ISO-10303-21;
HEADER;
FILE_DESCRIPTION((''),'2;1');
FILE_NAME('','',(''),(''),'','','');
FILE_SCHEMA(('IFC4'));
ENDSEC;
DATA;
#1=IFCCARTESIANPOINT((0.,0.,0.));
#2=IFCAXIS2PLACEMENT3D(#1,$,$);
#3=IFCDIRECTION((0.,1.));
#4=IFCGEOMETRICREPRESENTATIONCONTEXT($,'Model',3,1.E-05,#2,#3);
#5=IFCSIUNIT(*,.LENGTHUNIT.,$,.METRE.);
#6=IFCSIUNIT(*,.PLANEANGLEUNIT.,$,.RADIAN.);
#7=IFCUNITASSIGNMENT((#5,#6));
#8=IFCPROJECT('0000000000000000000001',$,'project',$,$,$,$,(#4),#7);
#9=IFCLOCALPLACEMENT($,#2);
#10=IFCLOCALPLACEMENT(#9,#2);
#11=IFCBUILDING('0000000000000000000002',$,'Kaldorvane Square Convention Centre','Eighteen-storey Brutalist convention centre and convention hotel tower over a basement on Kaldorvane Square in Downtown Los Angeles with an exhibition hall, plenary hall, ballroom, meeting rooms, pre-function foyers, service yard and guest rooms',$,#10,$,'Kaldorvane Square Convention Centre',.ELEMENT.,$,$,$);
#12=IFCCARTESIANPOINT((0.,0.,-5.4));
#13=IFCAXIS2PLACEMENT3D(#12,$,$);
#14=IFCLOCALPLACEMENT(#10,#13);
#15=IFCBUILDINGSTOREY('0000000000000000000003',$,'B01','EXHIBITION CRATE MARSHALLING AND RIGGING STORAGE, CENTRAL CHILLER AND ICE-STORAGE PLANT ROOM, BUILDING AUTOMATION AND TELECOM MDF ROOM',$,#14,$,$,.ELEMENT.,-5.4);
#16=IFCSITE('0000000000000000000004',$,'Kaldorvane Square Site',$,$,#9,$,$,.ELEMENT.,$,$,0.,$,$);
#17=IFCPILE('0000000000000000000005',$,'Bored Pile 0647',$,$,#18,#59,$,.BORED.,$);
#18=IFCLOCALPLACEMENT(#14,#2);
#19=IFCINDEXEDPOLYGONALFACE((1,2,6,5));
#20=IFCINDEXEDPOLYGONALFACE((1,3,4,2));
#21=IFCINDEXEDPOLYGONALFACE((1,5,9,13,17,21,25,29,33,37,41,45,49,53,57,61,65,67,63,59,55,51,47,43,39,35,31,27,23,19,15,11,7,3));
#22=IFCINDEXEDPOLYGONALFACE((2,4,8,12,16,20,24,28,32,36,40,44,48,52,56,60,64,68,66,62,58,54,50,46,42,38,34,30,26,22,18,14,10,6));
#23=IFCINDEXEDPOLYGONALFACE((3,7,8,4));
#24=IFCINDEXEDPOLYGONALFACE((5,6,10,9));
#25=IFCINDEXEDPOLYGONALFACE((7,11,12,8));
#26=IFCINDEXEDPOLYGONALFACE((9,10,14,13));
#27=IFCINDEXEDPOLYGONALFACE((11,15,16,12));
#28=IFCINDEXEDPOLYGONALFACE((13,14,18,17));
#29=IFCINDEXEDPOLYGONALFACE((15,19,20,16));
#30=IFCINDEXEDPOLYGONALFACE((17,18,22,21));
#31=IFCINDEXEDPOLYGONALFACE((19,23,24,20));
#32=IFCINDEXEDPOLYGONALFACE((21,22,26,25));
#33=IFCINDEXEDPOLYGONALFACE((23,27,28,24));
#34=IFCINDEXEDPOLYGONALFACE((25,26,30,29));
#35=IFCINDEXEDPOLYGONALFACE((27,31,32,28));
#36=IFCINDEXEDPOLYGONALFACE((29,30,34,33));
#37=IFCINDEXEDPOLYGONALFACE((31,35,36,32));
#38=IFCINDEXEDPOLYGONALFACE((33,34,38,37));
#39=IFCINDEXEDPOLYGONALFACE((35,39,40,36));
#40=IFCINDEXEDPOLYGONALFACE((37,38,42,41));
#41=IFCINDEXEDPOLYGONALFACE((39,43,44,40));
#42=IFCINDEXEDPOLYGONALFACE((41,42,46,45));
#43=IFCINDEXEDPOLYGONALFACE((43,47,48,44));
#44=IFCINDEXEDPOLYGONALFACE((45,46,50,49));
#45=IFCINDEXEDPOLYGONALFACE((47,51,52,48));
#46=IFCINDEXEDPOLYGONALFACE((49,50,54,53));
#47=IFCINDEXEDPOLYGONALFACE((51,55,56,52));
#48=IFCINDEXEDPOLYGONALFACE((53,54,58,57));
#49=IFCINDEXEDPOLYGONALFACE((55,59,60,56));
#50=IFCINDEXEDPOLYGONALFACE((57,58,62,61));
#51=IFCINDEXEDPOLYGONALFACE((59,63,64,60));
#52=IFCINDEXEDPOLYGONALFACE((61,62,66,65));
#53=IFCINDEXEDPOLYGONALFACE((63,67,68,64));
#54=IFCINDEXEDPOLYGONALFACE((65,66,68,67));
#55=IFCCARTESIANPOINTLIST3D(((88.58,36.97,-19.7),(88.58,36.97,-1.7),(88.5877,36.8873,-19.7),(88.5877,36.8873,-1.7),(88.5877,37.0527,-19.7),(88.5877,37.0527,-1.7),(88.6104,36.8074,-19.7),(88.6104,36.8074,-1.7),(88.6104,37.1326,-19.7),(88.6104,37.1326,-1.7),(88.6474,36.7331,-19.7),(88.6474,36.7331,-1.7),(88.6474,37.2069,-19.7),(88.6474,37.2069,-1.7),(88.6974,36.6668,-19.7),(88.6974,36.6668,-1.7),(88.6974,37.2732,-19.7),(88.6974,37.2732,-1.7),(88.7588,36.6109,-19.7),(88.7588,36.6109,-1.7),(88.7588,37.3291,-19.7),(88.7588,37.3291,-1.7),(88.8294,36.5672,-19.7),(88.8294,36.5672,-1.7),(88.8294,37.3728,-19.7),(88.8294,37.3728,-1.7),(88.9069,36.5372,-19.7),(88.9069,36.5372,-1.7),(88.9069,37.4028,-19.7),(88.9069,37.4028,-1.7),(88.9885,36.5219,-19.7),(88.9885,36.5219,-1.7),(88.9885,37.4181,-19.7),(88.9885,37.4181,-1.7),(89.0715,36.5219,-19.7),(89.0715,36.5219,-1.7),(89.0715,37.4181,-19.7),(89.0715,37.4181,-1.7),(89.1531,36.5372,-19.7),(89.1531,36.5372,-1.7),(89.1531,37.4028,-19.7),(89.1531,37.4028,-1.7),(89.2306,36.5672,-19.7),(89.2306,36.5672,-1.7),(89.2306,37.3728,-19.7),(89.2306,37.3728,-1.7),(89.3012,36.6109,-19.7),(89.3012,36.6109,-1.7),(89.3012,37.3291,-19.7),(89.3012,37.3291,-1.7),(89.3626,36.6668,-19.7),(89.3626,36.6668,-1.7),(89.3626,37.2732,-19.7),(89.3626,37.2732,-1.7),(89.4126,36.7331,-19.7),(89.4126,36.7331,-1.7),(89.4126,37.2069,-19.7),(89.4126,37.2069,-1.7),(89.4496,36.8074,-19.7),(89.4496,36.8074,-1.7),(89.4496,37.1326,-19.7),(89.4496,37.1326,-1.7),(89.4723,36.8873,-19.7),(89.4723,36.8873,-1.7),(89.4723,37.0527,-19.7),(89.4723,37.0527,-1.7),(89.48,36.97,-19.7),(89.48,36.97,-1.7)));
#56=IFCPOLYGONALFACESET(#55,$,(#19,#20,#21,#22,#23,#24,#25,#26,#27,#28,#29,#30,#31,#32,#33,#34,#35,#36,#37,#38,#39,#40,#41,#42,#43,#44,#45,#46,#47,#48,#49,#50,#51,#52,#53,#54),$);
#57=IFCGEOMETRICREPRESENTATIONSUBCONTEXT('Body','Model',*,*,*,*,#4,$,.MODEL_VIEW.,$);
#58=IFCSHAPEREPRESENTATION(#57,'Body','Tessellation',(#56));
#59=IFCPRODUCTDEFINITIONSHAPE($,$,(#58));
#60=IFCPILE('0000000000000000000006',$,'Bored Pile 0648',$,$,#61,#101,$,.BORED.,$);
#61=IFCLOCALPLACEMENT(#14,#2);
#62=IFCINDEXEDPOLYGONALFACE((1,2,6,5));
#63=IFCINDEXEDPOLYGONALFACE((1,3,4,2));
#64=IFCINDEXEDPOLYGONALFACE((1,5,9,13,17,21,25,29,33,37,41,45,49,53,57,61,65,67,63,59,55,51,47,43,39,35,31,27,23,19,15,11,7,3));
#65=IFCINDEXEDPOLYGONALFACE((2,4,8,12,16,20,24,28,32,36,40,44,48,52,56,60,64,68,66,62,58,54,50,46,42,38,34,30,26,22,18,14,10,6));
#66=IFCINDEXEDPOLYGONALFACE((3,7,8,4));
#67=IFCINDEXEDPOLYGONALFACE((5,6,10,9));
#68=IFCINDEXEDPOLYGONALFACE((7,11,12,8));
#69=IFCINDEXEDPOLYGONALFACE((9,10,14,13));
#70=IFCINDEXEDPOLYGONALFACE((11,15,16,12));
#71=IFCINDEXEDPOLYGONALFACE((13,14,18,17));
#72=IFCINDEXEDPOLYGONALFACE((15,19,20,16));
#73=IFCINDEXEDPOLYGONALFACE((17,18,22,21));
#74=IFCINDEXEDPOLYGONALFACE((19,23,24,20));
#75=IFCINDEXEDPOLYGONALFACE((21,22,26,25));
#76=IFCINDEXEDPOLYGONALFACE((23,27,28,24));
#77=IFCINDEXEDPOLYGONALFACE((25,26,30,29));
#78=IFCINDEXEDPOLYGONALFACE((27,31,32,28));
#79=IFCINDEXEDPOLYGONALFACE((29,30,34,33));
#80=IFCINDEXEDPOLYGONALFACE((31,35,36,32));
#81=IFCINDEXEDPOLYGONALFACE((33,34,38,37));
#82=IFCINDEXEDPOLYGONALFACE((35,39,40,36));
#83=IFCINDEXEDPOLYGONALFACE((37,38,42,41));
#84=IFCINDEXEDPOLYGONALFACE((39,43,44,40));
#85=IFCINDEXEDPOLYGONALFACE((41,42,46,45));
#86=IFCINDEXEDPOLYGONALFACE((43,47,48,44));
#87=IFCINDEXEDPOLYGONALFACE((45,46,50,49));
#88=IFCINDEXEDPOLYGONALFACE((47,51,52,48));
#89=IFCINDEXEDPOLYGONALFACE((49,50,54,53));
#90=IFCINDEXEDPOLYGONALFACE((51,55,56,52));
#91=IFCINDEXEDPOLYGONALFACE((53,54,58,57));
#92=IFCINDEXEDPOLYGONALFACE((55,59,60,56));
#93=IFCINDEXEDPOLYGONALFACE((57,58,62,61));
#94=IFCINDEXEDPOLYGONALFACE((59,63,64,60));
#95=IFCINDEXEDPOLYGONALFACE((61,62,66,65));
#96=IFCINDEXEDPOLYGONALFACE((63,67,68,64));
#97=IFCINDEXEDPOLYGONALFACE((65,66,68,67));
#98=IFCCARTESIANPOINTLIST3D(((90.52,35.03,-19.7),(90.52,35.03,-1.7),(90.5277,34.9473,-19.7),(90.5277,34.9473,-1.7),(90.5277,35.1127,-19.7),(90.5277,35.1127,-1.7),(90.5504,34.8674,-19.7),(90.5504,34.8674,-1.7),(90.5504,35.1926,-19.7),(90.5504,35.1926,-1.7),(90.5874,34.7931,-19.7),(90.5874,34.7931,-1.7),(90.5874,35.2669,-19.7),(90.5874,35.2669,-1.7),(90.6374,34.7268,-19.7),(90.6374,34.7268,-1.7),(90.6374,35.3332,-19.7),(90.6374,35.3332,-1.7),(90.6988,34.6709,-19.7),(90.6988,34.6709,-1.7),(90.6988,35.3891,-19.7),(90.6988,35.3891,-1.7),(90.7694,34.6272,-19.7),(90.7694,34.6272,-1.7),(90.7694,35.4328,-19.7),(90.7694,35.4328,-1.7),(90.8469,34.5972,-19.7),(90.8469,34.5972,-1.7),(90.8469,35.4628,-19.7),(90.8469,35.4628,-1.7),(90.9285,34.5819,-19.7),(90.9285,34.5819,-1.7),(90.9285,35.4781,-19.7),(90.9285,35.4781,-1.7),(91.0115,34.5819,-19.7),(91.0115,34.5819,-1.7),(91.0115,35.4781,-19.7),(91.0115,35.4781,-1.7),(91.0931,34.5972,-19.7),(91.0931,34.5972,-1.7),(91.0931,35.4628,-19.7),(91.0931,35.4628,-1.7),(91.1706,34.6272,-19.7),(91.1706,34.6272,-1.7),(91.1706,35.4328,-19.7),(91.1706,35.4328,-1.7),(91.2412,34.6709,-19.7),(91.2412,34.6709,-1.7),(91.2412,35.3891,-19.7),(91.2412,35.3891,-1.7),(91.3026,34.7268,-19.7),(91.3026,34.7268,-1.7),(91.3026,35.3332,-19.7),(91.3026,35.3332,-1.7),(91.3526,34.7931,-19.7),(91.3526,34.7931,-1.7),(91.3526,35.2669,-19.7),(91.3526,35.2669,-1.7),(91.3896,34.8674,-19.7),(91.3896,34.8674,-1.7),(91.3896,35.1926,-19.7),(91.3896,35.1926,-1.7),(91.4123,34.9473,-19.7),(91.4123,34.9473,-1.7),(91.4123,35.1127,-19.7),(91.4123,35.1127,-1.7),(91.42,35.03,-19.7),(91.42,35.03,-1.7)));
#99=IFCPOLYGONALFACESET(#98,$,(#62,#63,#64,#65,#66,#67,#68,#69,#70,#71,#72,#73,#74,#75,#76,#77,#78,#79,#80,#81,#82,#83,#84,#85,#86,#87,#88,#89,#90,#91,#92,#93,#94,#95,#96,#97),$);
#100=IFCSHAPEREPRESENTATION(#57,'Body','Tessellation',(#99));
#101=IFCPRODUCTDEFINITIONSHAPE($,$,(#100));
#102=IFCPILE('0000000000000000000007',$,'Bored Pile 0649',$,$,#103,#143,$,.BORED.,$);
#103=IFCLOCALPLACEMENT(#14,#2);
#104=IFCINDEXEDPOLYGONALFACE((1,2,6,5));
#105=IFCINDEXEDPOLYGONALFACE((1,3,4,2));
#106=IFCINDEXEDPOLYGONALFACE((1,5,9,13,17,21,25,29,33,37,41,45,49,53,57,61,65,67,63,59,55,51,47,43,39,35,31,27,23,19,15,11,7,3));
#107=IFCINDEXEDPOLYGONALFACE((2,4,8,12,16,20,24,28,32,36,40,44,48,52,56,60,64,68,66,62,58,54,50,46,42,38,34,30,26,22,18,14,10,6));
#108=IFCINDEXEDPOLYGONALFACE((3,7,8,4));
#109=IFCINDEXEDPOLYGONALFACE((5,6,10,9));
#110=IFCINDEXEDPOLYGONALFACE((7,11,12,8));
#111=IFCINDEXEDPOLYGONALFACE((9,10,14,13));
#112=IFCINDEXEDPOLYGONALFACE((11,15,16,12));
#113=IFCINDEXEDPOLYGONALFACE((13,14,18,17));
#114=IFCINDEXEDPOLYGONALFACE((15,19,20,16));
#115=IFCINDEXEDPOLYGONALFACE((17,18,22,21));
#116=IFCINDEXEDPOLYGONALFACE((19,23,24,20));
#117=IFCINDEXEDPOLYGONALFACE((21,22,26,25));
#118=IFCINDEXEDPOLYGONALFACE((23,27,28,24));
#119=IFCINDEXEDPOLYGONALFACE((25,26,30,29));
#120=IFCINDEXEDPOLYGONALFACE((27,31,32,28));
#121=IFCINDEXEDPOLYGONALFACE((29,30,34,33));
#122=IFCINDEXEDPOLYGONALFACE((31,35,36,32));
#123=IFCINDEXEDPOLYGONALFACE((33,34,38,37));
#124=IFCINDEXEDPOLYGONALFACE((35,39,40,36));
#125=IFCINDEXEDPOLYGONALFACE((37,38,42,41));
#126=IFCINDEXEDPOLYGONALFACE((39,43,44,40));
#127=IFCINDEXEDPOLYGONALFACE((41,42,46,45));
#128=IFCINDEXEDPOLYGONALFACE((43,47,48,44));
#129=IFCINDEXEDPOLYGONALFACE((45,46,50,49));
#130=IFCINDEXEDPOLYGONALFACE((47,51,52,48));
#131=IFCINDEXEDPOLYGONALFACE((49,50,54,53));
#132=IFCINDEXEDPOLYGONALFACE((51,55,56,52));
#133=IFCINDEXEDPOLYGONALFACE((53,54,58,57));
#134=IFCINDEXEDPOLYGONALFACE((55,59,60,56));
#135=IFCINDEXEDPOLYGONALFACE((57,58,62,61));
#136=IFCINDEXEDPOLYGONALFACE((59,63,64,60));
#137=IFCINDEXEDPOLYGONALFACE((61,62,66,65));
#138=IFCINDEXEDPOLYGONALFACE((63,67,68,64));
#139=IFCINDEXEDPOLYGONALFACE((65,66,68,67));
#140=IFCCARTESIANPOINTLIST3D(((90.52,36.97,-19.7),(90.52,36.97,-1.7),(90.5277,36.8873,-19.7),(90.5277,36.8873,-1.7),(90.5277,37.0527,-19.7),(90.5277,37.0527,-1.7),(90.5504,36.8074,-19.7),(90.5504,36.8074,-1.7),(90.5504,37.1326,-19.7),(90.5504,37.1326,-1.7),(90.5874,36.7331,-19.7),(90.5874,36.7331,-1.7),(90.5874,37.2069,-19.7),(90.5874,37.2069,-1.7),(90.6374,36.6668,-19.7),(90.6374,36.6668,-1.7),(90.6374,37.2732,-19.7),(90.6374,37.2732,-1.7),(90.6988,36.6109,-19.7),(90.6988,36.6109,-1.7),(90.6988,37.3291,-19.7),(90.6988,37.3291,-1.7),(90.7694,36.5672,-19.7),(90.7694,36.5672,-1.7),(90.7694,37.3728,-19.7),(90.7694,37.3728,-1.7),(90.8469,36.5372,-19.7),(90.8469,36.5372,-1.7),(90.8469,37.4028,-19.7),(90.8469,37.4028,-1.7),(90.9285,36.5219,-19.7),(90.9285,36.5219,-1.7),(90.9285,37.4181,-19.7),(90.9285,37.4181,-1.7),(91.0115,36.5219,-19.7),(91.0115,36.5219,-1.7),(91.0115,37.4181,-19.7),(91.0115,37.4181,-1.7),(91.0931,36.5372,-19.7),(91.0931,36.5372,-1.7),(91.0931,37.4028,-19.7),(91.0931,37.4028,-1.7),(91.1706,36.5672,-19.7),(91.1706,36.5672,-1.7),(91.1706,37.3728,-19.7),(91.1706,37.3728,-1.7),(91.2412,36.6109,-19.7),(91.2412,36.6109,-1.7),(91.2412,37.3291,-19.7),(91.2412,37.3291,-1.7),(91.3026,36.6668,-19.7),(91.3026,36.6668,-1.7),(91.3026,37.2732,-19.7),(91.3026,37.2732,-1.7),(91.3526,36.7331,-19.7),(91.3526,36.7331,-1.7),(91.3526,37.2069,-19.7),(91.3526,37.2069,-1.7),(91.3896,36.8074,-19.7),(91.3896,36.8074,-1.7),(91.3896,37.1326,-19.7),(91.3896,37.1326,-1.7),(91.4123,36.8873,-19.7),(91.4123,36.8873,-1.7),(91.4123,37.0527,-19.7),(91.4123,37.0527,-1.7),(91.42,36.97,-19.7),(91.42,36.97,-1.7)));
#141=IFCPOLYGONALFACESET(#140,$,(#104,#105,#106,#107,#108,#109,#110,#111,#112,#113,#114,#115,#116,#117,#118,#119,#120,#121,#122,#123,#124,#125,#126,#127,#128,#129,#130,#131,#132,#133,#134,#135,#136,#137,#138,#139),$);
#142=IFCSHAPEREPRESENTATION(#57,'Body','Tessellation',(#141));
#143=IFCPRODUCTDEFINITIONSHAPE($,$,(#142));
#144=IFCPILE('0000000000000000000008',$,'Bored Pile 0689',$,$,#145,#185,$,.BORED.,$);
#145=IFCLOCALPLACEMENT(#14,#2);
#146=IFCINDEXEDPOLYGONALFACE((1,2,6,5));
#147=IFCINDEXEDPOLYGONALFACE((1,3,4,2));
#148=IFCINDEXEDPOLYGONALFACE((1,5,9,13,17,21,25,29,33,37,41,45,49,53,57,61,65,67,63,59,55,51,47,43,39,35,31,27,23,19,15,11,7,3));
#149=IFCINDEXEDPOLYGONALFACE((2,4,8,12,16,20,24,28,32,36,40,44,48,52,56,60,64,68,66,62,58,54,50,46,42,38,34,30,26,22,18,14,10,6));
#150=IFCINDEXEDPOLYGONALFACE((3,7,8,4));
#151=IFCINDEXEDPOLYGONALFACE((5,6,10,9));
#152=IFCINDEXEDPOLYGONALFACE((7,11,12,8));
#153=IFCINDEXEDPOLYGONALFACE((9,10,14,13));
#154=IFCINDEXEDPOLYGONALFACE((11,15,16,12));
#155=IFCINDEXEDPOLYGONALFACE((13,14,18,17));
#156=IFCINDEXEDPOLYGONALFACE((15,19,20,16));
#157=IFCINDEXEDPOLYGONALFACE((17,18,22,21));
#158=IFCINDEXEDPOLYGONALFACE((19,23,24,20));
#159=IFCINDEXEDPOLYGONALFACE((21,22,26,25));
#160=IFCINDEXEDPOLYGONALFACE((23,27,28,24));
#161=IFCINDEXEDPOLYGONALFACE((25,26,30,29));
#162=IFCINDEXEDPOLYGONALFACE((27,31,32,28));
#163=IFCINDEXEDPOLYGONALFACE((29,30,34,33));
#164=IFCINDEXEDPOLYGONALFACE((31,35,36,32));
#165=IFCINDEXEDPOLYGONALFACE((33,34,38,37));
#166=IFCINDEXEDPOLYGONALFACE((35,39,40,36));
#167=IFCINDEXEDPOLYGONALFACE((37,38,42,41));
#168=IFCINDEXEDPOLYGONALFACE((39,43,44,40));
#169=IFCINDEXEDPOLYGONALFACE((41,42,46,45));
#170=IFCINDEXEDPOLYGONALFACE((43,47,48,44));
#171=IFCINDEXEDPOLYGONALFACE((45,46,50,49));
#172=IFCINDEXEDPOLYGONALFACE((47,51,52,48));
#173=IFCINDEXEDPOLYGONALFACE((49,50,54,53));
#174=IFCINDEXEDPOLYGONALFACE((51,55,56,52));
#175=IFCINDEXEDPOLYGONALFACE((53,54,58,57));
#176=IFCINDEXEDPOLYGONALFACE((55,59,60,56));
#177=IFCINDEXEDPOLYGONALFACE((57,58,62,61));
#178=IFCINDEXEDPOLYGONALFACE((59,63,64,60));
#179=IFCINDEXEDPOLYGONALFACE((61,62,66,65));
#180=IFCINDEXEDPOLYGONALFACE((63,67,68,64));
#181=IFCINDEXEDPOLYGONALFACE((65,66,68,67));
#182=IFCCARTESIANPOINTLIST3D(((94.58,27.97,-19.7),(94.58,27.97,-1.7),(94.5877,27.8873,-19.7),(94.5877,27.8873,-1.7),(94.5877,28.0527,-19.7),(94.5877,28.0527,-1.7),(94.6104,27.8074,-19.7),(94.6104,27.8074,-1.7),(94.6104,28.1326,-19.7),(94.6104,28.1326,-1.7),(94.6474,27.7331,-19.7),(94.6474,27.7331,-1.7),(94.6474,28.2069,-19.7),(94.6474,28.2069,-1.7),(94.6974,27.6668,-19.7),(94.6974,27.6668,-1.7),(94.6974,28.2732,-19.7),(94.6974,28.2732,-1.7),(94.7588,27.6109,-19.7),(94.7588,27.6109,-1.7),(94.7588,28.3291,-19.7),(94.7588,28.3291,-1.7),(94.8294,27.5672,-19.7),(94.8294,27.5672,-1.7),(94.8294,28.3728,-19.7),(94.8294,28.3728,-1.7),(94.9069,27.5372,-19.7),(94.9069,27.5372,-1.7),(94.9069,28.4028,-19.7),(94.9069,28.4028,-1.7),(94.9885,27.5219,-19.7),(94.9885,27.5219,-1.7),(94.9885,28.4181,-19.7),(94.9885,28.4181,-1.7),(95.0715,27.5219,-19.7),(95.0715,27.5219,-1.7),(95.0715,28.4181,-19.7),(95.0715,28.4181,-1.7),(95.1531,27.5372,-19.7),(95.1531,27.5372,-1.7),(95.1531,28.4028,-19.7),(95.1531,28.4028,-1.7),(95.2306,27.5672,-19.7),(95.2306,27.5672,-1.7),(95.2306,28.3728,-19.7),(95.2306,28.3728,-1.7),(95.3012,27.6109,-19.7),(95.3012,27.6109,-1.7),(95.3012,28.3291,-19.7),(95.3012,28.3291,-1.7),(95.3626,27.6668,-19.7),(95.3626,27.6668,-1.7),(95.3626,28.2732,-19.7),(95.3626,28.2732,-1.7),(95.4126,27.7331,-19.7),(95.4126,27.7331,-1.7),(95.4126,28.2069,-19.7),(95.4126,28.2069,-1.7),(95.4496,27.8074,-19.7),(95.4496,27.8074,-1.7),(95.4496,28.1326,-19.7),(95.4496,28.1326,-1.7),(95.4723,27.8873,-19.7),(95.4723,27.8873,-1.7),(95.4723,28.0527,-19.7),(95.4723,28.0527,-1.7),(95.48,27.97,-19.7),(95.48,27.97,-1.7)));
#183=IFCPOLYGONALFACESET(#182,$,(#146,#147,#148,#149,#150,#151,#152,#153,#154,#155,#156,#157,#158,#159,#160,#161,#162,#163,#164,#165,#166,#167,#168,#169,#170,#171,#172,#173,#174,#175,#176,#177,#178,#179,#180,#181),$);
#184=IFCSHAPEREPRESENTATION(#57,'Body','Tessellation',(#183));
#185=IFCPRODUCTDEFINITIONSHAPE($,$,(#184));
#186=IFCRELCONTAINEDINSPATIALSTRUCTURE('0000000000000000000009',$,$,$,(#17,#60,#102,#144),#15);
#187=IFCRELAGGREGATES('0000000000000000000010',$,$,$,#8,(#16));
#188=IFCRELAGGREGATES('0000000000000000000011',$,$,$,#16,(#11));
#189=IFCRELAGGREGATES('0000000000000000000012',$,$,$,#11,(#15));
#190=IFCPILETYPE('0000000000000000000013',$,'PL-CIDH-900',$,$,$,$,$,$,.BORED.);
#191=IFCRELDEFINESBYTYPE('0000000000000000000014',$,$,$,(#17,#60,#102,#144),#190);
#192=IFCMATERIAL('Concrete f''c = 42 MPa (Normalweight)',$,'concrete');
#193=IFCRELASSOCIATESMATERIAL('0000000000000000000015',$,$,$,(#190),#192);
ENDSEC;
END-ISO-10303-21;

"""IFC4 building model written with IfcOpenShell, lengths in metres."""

from ifc_helpers import new_model, si_unit, direction, frame, origin, origin_2d, place, context, subcontext, project, spatial, circle, extrude, material, material_profile, profile_set, type_object, element, save


model = new_model("IFC4")

# Units and contexts
model_context = context("Model", 3, precision=1e-05, world=origin(), true_north=direction((0.0, 1.0)))
body_context = subcontext(model_context, "Body", "Model", "MODEL_VIEW")
ifc_project = project(units=[si_unit("LENGTHUNIT", "METRE"), si_unit("PLANEANGLEUNIT", "RADIAN")], contexts=[model_context])

# Site, building, storey
site_placement = place(None, origin())
site = spatial("IfcSite", under=ifc_project, at=site_placement, Name="Kaldorvane Square Site", CompositionType="ELEMENT", RefElevation=0.0)
building_placement = place(site_placement, origin())
building = spatial("IfcBuilding", under=site, at=building_placement, Name="Kaldorvane Square Convention Centre", Description="Eighteen-storey Brutalist convention centre and convention hotel tower over a basement on Kaldorvane Square in Downtown Los Angeles with an exhibition hall, plenary hall, ballroom, meeting rooms, pre-function foyers, service yard and guest rooms", LongName="Kaldorvane Square Convention Centre", CompositionType="ELEMENT")
storey_placement = place(building_placement, frame((0.0, 0.0, -5.4)))
storey = spatial("IfcBuildingStorey", under=building, at=storey_placement, Name="B01", Description="EXHIBITION CRATE MARSHALLING AND RIGGING STORAGE, CENTRAL CHILLER AND ICE-STORAGE PLANT ROOM, BUILDING AUTOMATION AND TELECOM MDF ROOM", CompositionType="ELEMENT", Elevation=-5.4)

# Shared definitions
ifc_material_1 = material(Name="Concrete f'c = 42 MPa (Normalweight)", Category="concrete")

# Piles
ifc_material_profile_1 = material_profile(ifc_material_1, circle(Radius=0.45, at=origin_2d()), Name="PILE-D900")
ifc_profile_set_1 = profile_set([ifc_material_profile_1], Name="Concrete f'c = 42 MPa (Normalweight)")
pile_type = type_object("IfcPileType", Name="PL-CIDH-900", PredefinedType="BORED", material=ifc_profile_set_1)
for number, where, z_axis, x_axis, name in (
    (1, (89.03, 36.97, -1.7), (0.0, 0.0, -1.0), (1.0, 0.0, 0.0), "Bored Pile 0647"),
    (2, (90.97, 35.03, -1.7), (0.0, 0.0, -1.0), (1.0, 0.0, 0.0), "Bored Pile 0648"),
    (3, (90.97, 36.97, -1.7), (0.0, 0.0, -1.0), (1.0, 0.0, 0.0), "Bored Pile 0649"),
    (4, (95.03, 27.97, -1.7), (0.0, 0.0, -1.0), (1.0, 0.0, 0.0), "Bored Pile 0689"),
):
    element("IfcPile", number, at=place(storey_placement, frame(where, z_axis=z_axis, x_axis=x_axis)), inside=storey, type_object=pile_type, Name=name, PredefinedType="BORED", context=body_context, shape_type="SweptSolid", body=[
        extrude(circle(Radius=0.45, at=origin_2d()), origin(), (0.0, 0.0, 1.0), 18.0),
    ])

save(model, "model.ifc")
